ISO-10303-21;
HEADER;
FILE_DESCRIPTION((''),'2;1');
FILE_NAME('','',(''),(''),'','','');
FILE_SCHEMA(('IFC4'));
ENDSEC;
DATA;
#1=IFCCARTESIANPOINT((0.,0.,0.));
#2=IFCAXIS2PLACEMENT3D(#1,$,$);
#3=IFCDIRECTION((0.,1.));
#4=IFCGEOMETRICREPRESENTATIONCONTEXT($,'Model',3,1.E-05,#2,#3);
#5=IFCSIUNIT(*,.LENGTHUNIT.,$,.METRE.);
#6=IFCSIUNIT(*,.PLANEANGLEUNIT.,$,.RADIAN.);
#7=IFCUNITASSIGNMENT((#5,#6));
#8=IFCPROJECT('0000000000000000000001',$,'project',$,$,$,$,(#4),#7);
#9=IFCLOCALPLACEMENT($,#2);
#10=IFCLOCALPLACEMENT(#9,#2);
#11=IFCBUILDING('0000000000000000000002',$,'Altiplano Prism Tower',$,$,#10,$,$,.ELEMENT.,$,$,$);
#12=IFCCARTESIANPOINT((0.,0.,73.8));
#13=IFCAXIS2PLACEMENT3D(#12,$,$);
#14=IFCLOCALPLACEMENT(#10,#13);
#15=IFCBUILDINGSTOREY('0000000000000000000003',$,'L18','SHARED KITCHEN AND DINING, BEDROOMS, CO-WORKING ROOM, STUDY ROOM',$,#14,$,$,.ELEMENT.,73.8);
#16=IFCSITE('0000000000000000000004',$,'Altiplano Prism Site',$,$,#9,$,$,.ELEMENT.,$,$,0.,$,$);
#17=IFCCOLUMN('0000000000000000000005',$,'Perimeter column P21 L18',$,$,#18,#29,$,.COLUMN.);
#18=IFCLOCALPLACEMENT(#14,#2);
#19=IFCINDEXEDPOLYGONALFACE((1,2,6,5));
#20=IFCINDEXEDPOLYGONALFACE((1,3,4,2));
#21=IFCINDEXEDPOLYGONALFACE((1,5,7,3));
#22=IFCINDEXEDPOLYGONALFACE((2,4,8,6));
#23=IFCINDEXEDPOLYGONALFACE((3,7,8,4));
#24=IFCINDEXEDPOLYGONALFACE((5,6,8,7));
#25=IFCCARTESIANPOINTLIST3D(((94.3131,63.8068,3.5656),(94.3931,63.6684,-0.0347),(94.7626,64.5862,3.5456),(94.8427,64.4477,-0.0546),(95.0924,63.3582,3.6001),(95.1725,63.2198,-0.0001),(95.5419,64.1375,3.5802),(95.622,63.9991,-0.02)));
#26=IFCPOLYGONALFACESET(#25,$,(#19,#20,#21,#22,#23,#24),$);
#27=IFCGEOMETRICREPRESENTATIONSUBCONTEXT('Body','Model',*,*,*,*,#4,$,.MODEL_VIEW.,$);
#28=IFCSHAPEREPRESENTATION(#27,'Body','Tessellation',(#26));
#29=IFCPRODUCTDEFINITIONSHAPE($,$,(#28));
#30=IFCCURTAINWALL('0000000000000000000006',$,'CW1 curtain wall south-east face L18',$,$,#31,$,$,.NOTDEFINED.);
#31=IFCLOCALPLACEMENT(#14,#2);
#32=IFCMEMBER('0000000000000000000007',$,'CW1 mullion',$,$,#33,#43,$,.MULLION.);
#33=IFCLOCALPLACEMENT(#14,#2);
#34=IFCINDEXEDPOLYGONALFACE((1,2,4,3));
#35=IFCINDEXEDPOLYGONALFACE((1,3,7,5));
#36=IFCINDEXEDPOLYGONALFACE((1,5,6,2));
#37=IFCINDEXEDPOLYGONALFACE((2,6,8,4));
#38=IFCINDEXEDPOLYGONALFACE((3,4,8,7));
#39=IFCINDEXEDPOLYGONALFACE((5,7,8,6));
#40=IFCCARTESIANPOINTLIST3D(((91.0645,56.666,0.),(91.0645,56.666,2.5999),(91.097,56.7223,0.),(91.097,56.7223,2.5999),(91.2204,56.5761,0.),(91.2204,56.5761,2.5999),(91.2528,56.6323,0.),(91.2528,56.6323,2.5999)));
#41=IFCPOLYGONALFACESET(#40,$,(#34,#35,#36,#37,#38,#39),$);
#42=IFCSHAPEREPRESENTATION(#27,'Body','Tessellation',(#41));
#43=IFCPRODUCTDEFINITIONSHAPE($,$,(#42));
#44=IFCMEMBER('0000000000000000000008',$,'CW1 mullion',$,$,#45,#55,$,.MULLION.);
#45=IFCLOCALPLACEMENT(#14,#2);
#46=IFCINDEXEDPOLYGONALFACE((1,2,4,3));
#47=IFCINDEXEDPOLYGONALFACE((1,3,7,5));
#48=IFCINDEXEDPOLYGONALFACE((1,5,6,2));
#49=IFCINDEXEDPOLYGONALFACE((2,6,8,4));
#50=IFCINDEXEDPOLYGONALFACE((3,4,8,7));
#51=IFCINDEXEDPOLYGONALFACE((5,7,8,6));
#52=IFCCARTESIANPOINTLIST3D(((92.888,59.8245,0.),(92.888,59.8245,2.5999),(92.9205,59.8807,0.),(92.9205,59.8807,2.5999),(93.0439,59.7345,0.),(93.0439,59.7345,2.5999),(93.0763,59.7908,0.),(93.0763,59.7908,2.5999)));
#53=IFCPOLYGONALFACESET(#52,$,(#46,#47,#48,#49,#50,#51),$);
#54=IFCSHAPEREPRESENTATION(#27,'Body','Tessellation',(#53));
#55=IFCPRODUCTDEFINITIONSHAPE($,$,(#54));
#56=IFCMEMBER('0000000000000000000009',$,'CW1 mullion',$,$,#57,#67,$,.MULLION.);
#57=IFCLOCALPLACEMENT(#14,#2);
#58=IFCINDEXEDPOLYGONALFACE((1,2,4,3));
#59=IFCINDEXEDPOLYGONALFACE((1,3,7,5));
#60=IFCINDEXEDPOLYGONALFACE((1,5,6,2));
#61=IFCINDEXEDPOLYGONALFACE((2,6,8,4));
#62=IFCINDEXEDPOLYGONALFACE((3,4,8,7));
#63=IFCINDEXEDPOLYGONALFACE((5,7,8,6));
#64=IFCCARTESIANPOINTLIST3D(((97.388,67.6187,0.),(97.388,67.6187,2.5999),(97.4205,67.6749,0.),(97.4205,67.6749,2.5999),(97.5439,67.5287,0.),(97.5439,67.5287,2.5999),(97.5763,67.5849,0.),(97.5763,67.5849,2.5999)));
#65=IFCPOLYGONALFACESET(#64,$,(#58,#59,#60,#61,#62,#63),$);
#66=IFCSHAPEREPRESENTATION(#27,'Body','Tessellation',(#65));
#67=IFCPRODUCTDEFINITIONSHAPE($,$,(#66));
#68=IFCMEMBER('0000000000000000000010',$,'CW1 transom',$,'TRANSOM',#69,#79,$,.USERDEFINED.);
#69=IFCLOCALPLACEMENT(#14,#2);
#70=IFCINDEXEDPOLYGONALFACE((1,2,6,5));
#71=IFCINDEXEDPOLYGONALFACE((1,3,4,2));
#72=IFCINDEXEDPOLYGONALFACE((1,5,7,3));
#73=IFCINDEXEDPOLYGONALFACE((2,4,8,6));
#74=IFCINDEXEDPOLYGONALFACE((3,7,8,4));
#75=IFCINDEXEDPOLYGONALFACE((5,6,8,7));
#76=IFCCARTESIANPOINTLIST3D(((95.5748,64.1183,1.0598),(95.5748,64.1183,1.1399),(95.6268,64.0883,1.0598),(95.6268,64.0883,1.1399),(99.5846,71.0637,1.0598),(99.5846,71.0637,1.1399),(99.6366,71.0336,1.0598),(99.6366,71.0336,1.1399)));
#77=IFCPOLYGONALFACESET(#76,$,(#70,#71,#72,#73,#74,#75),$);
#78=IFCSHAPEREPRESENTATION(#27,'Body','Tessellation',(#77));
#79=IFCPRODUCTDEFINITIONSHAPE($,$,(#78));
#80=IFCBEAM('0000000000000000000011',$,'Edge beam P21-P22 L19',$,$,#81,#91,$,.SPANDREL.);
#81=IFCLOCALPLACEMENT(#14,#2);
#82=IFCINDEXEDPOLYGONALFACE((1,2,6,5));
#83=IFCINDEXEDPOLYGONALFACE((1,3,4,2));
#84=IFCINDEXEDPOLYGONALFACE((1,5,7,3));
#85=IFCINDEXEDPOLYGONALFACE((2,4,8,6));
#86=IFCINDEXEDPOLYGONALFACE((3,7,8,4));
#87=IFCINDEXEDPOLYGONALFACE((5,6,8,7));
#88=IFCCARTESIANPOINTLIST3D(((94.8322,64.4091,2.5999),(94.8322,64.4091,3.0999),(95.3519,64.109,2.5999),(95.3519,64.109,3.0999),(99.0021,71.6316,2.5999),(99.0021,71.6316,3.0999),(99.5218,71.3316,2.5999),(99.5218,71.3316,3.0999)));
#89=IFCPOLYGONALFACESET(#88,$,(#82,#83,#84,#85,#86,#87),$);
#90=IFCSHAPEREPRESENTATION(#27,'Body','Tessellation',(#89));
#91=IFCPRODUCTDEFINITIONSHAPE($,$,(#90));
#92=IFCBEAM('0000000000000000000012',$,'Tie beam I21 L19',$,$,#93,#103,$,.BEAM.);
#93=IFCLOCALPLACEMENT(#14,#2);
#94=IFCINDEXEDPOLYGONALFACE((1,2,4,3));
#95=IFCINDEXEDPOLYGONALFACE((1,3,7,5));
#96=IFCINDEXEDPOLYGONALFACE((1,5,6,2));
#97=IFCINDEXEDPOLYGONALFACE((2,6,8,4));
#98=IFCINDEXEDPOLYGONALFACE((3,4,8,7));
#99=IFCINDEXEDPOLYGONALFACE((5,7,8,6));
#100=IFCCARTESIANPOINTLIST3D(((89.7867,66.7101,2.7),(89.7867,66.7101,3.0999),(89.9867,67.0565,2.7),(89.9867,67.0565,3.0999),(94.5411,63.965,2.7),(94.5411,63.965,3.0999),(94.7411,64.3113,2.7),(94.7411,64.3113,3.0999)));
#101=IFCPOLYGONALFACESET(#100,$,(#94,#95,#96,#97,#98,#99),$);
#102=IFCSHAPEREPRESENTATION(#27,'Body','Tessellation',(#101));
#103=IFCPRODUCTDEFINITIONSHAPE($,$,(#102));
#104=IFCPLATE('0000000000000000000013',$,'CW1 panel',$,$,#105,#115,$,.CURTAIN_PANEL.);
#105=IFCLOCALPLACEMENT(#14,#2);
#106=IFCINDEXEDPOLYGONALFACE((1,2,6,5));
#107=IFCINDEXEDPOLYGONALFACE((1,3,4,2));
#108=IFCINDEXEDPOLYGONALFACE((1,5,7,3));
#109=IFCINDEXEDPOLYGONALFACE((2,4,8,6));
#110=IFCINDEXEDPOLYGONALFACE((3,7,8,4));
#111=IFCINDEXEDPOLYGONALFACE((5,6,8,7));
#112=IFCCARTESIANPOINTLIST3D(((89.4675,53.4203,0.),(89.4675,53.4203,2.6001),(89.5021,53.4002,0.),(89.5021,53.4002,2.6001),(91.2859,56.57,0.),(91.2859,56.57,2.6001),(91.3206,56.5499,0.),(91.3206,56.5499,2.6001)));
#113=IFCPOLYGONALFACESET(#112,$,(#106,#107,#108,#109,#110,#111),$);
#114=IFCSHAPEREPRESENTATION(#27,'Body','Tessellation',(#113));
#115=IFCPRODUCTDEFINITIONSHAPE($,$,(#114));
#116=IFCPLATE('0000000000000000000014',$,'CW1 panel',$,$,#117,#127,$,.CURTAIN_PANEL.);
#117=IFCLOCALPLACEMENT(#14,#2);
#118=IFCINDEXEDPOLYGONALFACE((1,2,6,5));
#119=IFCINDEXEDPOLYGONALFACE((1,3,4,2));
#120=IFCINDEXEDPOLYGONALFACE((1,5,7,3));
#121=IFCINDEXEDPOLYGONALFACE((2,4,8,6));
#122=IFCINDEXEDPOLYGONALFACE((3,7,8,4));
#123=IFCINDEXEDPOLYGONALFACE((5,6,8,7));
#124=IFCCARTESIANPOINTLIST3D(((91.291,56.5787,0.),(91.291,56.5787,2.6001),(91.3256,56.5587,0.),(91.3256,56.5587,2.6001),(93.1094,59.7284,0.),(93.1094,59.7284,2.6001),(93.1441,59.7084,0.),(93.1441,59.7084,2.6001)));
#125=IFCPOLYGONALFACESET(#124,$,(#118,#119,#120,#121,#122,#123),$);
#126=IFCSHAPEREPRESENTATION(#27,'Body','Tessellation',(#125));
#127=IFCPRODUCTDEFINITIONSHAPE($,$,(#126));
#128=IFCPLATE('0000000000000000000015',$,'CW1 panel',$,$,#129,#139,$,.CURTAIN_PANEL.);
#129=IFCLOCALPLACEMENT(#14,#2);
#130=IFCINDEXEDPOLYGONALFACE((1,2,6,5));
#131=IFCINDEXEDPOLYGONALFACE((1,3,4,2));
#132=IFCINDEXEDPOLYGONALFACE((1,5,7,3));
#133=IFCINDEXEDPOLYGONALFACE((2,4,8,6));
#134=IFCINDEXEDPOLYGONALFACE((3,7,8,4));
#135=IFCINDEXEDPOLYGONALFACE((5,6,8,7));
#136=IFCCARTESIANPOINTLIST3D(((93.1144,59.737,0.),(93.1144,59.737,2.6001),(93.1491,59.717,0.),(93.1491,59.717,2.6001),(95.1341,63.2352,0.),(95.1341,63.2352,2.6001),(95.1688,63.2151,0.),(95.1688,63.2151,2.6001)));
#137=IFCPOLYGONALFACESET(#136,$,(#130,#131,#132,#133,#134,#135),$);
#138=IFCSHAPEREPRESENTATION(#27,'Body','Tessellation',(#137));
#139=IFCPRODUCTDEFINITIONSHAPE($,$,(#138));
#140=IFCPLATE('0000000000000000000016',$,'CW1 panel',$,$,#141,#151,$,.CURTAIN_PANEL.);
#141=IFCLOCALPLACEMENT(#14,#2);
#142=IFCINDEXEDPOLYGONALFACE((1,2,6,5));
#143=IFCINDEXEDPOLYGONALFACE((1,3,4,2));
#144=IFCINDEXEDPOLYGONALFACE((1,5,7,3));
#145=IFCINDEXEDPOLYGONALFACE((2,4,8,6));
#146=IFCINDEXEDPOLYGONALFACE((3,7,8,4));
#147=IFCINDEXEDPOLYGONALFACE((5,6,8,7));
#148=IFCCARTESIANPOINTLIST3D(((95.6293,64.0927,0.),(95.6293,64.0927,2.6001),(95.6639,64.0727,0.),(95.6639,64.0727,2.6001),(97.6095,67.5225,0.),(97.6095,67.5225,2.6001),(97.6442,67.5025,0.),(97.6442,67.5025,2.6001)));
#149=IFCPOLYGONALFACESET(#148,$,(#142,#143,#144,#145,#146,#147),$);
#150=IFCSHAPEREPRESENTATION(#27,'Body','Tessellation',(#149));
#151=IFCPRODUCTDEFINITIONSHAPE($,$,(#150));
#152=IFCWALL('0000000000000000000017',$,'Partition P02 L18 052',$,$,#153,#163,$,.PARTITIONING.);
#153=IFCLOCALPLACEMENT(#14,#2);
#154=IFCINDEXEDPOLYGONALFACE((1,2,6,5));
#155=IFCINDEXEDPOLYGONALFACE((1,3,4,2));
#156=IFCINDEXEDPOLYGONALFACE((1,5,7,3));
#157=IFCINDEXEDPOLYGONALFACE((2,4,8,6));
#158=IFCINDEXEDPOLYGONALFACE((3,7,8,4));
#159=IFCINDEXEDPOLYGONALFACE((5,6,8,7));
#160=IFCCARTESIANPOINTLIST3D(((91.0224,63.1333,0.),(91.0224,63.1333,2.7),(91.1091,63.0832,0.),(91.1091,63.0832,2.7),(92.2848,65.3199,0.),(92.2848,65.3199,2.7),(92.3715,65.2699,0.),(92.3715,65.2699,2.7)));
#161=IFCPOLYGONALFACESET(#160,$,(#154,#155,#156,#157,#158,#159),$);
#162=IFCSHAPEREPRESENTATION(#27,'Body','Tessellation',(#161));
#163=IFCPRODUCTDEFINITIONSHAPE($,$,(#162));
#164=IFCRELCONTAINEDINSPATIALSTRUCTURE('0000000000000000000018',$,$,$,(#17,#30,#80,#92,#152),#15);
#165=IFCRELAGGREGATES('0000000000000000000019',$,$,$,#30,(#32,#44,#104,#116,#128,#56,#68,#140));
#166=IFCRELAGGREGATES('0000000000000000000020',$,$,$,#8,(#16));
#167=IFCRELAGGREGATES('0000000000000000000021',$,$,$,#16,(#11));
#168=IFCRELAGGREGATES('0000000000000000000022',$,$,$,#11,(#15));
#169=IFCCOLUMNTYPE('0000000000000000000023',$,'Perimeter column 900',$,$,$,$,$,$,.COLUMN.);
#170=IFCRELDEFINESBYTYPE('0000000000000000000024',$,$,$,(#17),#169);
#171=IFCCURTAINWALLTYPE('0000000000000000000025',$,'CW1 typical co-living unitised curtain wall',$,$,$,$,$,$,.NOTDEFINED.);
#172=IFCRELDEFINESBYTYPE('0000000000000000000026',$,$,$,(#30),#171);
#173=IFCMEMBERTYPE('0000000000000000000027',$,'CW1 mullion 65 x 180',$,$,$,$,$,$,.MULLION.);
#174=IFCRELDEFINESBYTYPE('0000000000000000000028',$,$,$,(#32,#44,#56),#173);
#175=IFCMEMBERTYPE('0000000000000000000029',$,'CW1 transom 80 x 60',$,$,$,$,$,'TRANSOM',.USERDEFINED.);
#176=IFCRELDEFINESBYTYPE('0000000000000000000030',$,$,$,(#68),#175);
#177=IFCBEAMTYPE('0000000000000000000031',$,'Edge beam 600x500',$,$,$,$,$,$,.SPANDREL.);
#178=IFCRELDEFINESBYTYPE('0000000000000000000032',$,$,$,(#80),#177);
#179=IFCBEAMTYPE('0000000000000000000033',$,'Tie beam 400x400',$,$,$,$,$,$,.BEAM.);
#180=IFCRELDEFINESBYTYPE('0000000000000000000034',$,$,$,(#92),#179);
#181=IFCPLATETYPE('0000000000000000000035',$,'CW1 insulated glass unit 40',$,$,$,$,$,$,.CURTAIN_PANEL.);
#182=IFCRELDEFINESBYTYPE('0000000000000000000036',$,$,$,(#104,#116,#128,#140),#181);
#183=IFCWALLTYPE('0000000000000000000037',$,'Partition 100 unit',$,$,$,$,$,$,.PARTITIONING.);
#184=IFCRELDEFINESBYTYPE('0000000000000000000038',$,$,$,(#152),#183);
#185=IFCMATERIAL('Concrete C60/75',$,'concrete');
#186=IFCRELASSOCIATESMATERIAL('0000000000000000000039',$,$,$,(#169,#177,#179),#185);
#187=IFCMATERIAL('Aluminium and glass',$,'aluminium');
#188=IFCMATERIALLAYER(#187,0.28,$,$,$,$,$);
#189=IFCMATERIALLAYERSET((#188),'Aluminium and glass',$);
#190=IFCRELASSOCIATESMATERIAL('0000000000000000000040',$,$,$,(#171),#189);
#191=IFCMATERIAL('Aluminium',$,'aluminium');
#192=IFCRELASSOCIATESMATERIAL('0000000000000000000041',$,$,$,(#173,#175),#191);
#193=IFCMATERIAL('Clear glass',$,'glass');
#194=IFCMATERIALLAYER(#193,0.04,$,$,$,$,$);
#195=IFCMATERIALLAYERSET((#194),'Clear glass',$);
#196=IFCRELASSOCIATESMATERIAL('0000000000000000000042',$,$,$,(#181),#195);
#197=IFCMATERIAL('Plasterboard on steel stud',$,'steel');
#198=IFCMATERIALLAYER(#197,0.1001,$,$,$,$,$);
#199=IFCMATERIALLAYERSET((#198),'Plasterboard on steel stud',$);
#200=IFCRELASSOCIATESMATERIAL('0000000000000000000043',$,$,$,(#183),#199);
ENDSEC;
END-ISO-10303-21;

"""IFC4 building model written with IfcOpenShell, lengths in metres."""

from ifc_helpers import new_model, si_unit, direction, frame, frame_2d, origin, origin_2d, place, context, subcontext, project, spatial, rectangle, extrude, material, layer, layer_set, material_profile, profile_set, type_object, element, aggregate, save


model = new_model("IFC4")

# Units and contexts
model_context = context("Model", 3, precision=1e-05, world=origin(), true_north=direction((0.0, 1.0)))
body_context = subcontext(model_context, "Body", "Model", "MODEL_VIEW")
ifc_project = project(units=[si_unit("LENGTHUNIT", "METRE"), si_unit("PLANEANGLEUNIT", "RADIAN")], contexts=[model_context])

# Site, building, storey
site_placement = place(None, origin())
site = spatial("IfcSite", under=ifc_project, at=site_placement, Name="Altiplano Prism Site", CompositionType="ELEMENT", RefElevation=0.0)
building_placement = place(site_placement, origin())
building = spatial("IfcBuilding", under=site, at=building_placement, Name="Altiplano Prism Tower", CompositionType="ELEMENT")
storey_placement = place(building_placement, frame((0.0, 0.0, 73.8)))
storey = spatial("IfcBuildingStorey", under=building, at=storey_placement, Name="L18", Description="SHARED KITCHEN AND DINING, BEDROOMS, CO-WORKING ROOM, STUDY ROOM", CompositionType="ELEMENT", Elevation=73.8)

# Column
ifc_material_1 = material(Name="Concrete C60/75", Category="concrete")
ifc_material_profile_1 = material_profile(ifc_material_1, rectangle(XDim=0.8999, YDim=0.8999, at=origin_2d()), Name="Perimeter column 900")
ifc_profile_set_1 = profile_set([ifc_material_profile_1], Name="Concrete C60/75")
column_type = type_object("IfcColumnType", Name="Perimeter column 900", PredefinedType="COLUMN", material=ifc_profile_set_1)
column_placement = place(storey_placement, frame((95.0076, 63.8337, -0.0273), z_axis=(-0.022221, 0.038413, 0.999015), x_axis=(-0.499513, -0.866022, 0.022189)))
element("IfcColumn", 1, at=column_placement, inside=storey, type_object=column_type, Name="Perimeter column P21 L18", PredefinedType="COLUMN", context=body_context, shape_type="SweptSolid", body=[
    extrude(rectangle(XDim=0.8999, YDim=0.8999, at=origin_2d()), origin(), (0.0, 0.0, 1.0), 3.6038),
])

# Curtain wall, members
ifc_material_2 = material(Name="Aluminium and glass", Category="aluminium")
ifc_layer_1 = layer(ifc_material_2, 0.28)
ifc_layer_set_1 = layer_set([ifc_layer_1], Name="Aluminium and glass")
curtain_wall_type = type_object("IfcCurtainWallType", Name="CW1 typical co-living unitised curtain wall", PredefinedType="NOTDEFINED", material=ifc_layer_set_1)
curtain_wall_placement = place(storey_placement, origin())
curtain_wall = element("IfcCurtainWall", 2, at=curtain_wall_placement, inside=storey, type_object=curtain_wall_type, Name="CW1 curtain wall south-east face L18", PredefinedType="NOTDEFINED")
ifc_material_3 = material(Name="Aluminium", Category="aluminium")
ifc_material_profile_2 = material_profile(ifc_material_3, rectangle(XDim=0.1799, YDim=0.0649, at=origin_2d()), Name="CW1 mullion 65 x 180")
ifc_profile_set_2 = profile_set([ifc_material_profile_2], Name="Aluminium")
member_type_1 = type_object("IfcMemberType", Name="CW1 mullion 65 x 180", PredefinedType="MULLION", material=ifc_profile_set_2)
member_1_placement = place(storey_placement, frame((91.1587, 56.6492, 0.0), z_axis=(0.0, 0.0, 1.0), x_axis=(-0.866025, 0.5, 0.0)))
member_1 = element("IfcMember", 3, at=member_1_placement, type_object=member_type_1, Name="CW1 mullion", PredefinedType="MULLION", context=body_context, shape_type="SweptSolid", body=[
    extrude(rectangle(XDim=0.1799, YDim=0.0649, at=origin_2d()), origin(), (0.0, 0.0, 1.0), 2.5999),
])
member_2_placement = place(storey_placement, frame((92.9822, 59.8076, 0.0), z_axis=(0.0, 0.0, 1.0), x_axis=(-0.866025, 0.5, 0.0)))
member_2 = element("IfcMember", 4, at=member_2_placement, type_object=member_type_1, Name="CW1 mullion", PredefinedType="MULLION", context=body_context, shape_type="SweptSolid", body=[
    extrude(rectangle(XDim=0.1799, YDim=0.0649, at=origin_2d()), origin(), (0.0, 0.0, 1.0), 2.5999),
])
member_3_placement = place(storey_placement, frame((97.4822, 67.6018, 0.0), z_axis=(0.0, 0.0, 1.0), x_axis=(-0.866025, 0.5, 0.0)))
member_3 = element("IfcMember", 5, at=member_3_placement, type_object=member_type_1, Name="CW1 mullion", PredefinedType="MULLION", context=body_context, shape_type="SweptSolid", body=[
    extrude(rectangle(XDim=0.1799, YDim=0.0649, at=origin_2d()), origin(), (0.0, 0.0, 1.0), 2.5999),
])
ifc_material_profile_3 = material_profile(ifc_material_3, rectangle(XDim=0.0601, YDim=0.0801, at=origin_2d()), Name="CW1 transom 80 x 60")
ifc_profile_set_3 = profile_set([ifc_material_profile_3], Name="Aluminium")
member_type_2 = type_object("IfcMemberType", Name="CW1 transom 80 x 60", ElementType="TRANSOM", PredefinedType="USERDEFINED", material=ifc_profile_set_3)
member_4_placement = place(storey_placement, frame((95.6008, 64.1033, 1.0999), z_axis=(0.499989, 0.866031, 0.0), x_axis=(-0.866031, 0.499989, 0.0)))
member_4 = element("IfcMember", 6, at=member_4_placement, type_object=member_type_2, Name="CW1 transom", ObjectType="TRANSOM", PredefinedType="USERDEFINED", context=body_context, shape_type="SweptSolid", body=[
    extrude(rectangle(XDim=0.0601, YDim=0.0801, at=origin_2d()), origin(), (0.0, 0.0, 1.0), 8.0198),
])

# Beams
ifc_material_profile_4 = material_profile(ifc_material_1, rectangle(XDim=0.6001, YDim=0.5, at=origin_2d()), Name="Edge beam 600x500")
ifc_profile_set_4 = profile_set([ifc_material_profile_4], Name="Concrete C60/75")
beam_type_1 = type_object("IfcBeamType", Name="Edge beam 600x500", PredefinedType="SPANDREL", material=ifc_profile_set_4)
beam_1_placement = place(storey_placement, frame((95.092, 64.259, 2.8499), z_axis=(0.499993, 0.86603, 0.0), x_axis=(-0.86603, 0.499993, 0.0)))
element("IfcBeam", 7, at=beam_1_placement, inside=storey, type_object=beam_type_1, Name="Edge beam P21-P22 L19", PredefinedType="SPANDREL", context=body_context, shape_type="SweptSolid", body=[
    extrude(rectangle(XDim=0.6001, YDim=0.5, at=origin_2d()), origin(), (0.0, 0.0, 1.0), 8.3398),
])
ifc_material_profile_5 = material_profile(ifc_material_1, rectangle(XDim=0.3999, YDim=0.3999, at=origin_2d()), Name="Tie beam 400x400")
ifc_profile_set_5 = profile_set([ifc_material_profile_5], Name="Concrete C60/75")
beam_type_2 = type_object("IfcBeamType", Name="Tie beam 400x400", PredefinedType="BEAM", material=ifc_profile_set_5)
beam_2_placement = place(storey_placement, frame((89.8867, 66.8833, 2.8999), z_axis=(0.866012, -0.500023, 0.0), x_axis=(0.500023, 0.866012, 0.0)))
element("IfcBeam", 8, at=beam_2_placement, inside=storey, type_object=beam_type_2, Name="Tie beam I21 L19", PredefinedType="BEAM", context=body_context, shape_type="SweptSolid", body=[
    extrude(rectangle(XDim=0.3999, YDim=0.3999, at=origin_2d()), origin(), (0.0, 0.0, 1.0), 5.49),
])

# Plates
ifc_material_4 = material(Name="Clear glass", Category="glass")
ifc_layer_2 = layer(ifc_material_4, 0.04)
ifc_layer_set_2 = layer_set([ifc_layer_2], Name="Clear glass")
plate_type = type_object("IfcPlateType", Name="CW1 insulated glass unit 40", PredefinedType="CURTAIN_PANEL", material=ifc_layer_set_2)
plate_1_placement = place(storey_placement, frame((90.394, 54.9851, 0.0), z_axis=(0.0, 0.0, 1.0), x_axis=(0.5, 0.866025, 0.0)))
plate_1 = element("IfcPlate", 9, at=plate_1_placement, type_object=plate_type, Name="CW1 panel", PredefinedType="CURTAIN_PANEL", context=body_context, shape_type="SweptSolid", body=[
    extrude(rectangle(XDim=3.637, YDim=0.04, at=origin_2d()), origin(), (0.0, 0.0, 1.0), 2.6001),
])
plate_2_placement = place(storey_placement, frame((92.2175, 58.1436, 0.0), z_axis=(0.0, 0.0, 1.0), x_axis=(0.5, 0.866025, 0.0)))
plate_2 = element("IfcPlate", 10, at=plate_2_placement, type_object=plate_type, Name="CW1 panel", PredefinedType="CURTAIN_PANEL", context=body_context, shape_type="SweptSolid", body=[
    extrude(rectangle(XDim=3.637, YDim=0.04, at=origin_2d()), origin(), (0.0, 0.0, 1.0), 2.6001),
])
plate_3_placement = place(storey_placement, frame((94.1416, 61.4761, 0.0), z_axis=(0.0, 0.0, 1.0), x_axis=(0.5, 0.866025, 0.0)))
plate_3 = element("IfcPlate", 11, at=plate_3_placement, type_object=plate_type, Name="CW1 panel", PredefinedType="CURTAIN_PANEL", context=body_context, shape_type="SweptSolid", body=[
    extrude(rectangle(XDim=4.0393, YDim=0.04, at=origin_2d()), origin(), (0.0, 0.0, 1.0), 2.6001),
])
plate_4_placement = place(storey_placement, frame((96.6367, 65.7976, 0.0), z_axis=(0.0, 0.0, 1.0), x_axis=(0.5, 0.866025, 0.0)))
plate_4 = element("IfcPlate", 12, at=plate_4_placement, type_object=plate_type, Name="CW1 panel", PredefinedType="CURTAIN_PANEL", context=body_context, shape_type="SweptSolid", body=[
    extrude(rectangle(XDim=3.9604, YDim=0.04, at=origin_2d()), origin(), (0.0, 0.0, 1.0), 2.6001),
])
aggregate(curtain_wall, [member_1, member_2, plate_1, plate_2, plate_3, member_3, member_4, plate_4])

# Wall
ifc_material_5 = material(Name="Plasterboard on steel stud", Category="steel")
ifc_layer_3 = layer(ifc_material_5, 0.1001)
ifc_layer_set_3 = layer_set([ifc_layer_3], Name="Plasterboard on steel stud")
wall_type_1 = type_object("IfcWallType", Name="Partition 100 unit", PredefinedType="PARTITIONING", material=ifc_layer_set_3)
wall_1_placement = place(storey_placement, frame((92.3281, 65.2949, 0.0), z_axis=(0.0, 0.0, 1.0), x_axis=(-0.499976, -0.866039, 0.0)))
element("IfcWall", 13, at=wall_1_placement, inside=storey, type_object=wall_type_1, Name="Partition P02 L18 052", PredefinedType="PARTITIONING", context=body_context, shape_type="SweptSolid", body=[
    extrude(rectangle(XDim=2.5249, YDim=0.1001, at=frame_2d((1.2625, 0.0))), origin(), (0.0, 0.0, 1.0), 2.7),
])

save(model, "model.ifc")
